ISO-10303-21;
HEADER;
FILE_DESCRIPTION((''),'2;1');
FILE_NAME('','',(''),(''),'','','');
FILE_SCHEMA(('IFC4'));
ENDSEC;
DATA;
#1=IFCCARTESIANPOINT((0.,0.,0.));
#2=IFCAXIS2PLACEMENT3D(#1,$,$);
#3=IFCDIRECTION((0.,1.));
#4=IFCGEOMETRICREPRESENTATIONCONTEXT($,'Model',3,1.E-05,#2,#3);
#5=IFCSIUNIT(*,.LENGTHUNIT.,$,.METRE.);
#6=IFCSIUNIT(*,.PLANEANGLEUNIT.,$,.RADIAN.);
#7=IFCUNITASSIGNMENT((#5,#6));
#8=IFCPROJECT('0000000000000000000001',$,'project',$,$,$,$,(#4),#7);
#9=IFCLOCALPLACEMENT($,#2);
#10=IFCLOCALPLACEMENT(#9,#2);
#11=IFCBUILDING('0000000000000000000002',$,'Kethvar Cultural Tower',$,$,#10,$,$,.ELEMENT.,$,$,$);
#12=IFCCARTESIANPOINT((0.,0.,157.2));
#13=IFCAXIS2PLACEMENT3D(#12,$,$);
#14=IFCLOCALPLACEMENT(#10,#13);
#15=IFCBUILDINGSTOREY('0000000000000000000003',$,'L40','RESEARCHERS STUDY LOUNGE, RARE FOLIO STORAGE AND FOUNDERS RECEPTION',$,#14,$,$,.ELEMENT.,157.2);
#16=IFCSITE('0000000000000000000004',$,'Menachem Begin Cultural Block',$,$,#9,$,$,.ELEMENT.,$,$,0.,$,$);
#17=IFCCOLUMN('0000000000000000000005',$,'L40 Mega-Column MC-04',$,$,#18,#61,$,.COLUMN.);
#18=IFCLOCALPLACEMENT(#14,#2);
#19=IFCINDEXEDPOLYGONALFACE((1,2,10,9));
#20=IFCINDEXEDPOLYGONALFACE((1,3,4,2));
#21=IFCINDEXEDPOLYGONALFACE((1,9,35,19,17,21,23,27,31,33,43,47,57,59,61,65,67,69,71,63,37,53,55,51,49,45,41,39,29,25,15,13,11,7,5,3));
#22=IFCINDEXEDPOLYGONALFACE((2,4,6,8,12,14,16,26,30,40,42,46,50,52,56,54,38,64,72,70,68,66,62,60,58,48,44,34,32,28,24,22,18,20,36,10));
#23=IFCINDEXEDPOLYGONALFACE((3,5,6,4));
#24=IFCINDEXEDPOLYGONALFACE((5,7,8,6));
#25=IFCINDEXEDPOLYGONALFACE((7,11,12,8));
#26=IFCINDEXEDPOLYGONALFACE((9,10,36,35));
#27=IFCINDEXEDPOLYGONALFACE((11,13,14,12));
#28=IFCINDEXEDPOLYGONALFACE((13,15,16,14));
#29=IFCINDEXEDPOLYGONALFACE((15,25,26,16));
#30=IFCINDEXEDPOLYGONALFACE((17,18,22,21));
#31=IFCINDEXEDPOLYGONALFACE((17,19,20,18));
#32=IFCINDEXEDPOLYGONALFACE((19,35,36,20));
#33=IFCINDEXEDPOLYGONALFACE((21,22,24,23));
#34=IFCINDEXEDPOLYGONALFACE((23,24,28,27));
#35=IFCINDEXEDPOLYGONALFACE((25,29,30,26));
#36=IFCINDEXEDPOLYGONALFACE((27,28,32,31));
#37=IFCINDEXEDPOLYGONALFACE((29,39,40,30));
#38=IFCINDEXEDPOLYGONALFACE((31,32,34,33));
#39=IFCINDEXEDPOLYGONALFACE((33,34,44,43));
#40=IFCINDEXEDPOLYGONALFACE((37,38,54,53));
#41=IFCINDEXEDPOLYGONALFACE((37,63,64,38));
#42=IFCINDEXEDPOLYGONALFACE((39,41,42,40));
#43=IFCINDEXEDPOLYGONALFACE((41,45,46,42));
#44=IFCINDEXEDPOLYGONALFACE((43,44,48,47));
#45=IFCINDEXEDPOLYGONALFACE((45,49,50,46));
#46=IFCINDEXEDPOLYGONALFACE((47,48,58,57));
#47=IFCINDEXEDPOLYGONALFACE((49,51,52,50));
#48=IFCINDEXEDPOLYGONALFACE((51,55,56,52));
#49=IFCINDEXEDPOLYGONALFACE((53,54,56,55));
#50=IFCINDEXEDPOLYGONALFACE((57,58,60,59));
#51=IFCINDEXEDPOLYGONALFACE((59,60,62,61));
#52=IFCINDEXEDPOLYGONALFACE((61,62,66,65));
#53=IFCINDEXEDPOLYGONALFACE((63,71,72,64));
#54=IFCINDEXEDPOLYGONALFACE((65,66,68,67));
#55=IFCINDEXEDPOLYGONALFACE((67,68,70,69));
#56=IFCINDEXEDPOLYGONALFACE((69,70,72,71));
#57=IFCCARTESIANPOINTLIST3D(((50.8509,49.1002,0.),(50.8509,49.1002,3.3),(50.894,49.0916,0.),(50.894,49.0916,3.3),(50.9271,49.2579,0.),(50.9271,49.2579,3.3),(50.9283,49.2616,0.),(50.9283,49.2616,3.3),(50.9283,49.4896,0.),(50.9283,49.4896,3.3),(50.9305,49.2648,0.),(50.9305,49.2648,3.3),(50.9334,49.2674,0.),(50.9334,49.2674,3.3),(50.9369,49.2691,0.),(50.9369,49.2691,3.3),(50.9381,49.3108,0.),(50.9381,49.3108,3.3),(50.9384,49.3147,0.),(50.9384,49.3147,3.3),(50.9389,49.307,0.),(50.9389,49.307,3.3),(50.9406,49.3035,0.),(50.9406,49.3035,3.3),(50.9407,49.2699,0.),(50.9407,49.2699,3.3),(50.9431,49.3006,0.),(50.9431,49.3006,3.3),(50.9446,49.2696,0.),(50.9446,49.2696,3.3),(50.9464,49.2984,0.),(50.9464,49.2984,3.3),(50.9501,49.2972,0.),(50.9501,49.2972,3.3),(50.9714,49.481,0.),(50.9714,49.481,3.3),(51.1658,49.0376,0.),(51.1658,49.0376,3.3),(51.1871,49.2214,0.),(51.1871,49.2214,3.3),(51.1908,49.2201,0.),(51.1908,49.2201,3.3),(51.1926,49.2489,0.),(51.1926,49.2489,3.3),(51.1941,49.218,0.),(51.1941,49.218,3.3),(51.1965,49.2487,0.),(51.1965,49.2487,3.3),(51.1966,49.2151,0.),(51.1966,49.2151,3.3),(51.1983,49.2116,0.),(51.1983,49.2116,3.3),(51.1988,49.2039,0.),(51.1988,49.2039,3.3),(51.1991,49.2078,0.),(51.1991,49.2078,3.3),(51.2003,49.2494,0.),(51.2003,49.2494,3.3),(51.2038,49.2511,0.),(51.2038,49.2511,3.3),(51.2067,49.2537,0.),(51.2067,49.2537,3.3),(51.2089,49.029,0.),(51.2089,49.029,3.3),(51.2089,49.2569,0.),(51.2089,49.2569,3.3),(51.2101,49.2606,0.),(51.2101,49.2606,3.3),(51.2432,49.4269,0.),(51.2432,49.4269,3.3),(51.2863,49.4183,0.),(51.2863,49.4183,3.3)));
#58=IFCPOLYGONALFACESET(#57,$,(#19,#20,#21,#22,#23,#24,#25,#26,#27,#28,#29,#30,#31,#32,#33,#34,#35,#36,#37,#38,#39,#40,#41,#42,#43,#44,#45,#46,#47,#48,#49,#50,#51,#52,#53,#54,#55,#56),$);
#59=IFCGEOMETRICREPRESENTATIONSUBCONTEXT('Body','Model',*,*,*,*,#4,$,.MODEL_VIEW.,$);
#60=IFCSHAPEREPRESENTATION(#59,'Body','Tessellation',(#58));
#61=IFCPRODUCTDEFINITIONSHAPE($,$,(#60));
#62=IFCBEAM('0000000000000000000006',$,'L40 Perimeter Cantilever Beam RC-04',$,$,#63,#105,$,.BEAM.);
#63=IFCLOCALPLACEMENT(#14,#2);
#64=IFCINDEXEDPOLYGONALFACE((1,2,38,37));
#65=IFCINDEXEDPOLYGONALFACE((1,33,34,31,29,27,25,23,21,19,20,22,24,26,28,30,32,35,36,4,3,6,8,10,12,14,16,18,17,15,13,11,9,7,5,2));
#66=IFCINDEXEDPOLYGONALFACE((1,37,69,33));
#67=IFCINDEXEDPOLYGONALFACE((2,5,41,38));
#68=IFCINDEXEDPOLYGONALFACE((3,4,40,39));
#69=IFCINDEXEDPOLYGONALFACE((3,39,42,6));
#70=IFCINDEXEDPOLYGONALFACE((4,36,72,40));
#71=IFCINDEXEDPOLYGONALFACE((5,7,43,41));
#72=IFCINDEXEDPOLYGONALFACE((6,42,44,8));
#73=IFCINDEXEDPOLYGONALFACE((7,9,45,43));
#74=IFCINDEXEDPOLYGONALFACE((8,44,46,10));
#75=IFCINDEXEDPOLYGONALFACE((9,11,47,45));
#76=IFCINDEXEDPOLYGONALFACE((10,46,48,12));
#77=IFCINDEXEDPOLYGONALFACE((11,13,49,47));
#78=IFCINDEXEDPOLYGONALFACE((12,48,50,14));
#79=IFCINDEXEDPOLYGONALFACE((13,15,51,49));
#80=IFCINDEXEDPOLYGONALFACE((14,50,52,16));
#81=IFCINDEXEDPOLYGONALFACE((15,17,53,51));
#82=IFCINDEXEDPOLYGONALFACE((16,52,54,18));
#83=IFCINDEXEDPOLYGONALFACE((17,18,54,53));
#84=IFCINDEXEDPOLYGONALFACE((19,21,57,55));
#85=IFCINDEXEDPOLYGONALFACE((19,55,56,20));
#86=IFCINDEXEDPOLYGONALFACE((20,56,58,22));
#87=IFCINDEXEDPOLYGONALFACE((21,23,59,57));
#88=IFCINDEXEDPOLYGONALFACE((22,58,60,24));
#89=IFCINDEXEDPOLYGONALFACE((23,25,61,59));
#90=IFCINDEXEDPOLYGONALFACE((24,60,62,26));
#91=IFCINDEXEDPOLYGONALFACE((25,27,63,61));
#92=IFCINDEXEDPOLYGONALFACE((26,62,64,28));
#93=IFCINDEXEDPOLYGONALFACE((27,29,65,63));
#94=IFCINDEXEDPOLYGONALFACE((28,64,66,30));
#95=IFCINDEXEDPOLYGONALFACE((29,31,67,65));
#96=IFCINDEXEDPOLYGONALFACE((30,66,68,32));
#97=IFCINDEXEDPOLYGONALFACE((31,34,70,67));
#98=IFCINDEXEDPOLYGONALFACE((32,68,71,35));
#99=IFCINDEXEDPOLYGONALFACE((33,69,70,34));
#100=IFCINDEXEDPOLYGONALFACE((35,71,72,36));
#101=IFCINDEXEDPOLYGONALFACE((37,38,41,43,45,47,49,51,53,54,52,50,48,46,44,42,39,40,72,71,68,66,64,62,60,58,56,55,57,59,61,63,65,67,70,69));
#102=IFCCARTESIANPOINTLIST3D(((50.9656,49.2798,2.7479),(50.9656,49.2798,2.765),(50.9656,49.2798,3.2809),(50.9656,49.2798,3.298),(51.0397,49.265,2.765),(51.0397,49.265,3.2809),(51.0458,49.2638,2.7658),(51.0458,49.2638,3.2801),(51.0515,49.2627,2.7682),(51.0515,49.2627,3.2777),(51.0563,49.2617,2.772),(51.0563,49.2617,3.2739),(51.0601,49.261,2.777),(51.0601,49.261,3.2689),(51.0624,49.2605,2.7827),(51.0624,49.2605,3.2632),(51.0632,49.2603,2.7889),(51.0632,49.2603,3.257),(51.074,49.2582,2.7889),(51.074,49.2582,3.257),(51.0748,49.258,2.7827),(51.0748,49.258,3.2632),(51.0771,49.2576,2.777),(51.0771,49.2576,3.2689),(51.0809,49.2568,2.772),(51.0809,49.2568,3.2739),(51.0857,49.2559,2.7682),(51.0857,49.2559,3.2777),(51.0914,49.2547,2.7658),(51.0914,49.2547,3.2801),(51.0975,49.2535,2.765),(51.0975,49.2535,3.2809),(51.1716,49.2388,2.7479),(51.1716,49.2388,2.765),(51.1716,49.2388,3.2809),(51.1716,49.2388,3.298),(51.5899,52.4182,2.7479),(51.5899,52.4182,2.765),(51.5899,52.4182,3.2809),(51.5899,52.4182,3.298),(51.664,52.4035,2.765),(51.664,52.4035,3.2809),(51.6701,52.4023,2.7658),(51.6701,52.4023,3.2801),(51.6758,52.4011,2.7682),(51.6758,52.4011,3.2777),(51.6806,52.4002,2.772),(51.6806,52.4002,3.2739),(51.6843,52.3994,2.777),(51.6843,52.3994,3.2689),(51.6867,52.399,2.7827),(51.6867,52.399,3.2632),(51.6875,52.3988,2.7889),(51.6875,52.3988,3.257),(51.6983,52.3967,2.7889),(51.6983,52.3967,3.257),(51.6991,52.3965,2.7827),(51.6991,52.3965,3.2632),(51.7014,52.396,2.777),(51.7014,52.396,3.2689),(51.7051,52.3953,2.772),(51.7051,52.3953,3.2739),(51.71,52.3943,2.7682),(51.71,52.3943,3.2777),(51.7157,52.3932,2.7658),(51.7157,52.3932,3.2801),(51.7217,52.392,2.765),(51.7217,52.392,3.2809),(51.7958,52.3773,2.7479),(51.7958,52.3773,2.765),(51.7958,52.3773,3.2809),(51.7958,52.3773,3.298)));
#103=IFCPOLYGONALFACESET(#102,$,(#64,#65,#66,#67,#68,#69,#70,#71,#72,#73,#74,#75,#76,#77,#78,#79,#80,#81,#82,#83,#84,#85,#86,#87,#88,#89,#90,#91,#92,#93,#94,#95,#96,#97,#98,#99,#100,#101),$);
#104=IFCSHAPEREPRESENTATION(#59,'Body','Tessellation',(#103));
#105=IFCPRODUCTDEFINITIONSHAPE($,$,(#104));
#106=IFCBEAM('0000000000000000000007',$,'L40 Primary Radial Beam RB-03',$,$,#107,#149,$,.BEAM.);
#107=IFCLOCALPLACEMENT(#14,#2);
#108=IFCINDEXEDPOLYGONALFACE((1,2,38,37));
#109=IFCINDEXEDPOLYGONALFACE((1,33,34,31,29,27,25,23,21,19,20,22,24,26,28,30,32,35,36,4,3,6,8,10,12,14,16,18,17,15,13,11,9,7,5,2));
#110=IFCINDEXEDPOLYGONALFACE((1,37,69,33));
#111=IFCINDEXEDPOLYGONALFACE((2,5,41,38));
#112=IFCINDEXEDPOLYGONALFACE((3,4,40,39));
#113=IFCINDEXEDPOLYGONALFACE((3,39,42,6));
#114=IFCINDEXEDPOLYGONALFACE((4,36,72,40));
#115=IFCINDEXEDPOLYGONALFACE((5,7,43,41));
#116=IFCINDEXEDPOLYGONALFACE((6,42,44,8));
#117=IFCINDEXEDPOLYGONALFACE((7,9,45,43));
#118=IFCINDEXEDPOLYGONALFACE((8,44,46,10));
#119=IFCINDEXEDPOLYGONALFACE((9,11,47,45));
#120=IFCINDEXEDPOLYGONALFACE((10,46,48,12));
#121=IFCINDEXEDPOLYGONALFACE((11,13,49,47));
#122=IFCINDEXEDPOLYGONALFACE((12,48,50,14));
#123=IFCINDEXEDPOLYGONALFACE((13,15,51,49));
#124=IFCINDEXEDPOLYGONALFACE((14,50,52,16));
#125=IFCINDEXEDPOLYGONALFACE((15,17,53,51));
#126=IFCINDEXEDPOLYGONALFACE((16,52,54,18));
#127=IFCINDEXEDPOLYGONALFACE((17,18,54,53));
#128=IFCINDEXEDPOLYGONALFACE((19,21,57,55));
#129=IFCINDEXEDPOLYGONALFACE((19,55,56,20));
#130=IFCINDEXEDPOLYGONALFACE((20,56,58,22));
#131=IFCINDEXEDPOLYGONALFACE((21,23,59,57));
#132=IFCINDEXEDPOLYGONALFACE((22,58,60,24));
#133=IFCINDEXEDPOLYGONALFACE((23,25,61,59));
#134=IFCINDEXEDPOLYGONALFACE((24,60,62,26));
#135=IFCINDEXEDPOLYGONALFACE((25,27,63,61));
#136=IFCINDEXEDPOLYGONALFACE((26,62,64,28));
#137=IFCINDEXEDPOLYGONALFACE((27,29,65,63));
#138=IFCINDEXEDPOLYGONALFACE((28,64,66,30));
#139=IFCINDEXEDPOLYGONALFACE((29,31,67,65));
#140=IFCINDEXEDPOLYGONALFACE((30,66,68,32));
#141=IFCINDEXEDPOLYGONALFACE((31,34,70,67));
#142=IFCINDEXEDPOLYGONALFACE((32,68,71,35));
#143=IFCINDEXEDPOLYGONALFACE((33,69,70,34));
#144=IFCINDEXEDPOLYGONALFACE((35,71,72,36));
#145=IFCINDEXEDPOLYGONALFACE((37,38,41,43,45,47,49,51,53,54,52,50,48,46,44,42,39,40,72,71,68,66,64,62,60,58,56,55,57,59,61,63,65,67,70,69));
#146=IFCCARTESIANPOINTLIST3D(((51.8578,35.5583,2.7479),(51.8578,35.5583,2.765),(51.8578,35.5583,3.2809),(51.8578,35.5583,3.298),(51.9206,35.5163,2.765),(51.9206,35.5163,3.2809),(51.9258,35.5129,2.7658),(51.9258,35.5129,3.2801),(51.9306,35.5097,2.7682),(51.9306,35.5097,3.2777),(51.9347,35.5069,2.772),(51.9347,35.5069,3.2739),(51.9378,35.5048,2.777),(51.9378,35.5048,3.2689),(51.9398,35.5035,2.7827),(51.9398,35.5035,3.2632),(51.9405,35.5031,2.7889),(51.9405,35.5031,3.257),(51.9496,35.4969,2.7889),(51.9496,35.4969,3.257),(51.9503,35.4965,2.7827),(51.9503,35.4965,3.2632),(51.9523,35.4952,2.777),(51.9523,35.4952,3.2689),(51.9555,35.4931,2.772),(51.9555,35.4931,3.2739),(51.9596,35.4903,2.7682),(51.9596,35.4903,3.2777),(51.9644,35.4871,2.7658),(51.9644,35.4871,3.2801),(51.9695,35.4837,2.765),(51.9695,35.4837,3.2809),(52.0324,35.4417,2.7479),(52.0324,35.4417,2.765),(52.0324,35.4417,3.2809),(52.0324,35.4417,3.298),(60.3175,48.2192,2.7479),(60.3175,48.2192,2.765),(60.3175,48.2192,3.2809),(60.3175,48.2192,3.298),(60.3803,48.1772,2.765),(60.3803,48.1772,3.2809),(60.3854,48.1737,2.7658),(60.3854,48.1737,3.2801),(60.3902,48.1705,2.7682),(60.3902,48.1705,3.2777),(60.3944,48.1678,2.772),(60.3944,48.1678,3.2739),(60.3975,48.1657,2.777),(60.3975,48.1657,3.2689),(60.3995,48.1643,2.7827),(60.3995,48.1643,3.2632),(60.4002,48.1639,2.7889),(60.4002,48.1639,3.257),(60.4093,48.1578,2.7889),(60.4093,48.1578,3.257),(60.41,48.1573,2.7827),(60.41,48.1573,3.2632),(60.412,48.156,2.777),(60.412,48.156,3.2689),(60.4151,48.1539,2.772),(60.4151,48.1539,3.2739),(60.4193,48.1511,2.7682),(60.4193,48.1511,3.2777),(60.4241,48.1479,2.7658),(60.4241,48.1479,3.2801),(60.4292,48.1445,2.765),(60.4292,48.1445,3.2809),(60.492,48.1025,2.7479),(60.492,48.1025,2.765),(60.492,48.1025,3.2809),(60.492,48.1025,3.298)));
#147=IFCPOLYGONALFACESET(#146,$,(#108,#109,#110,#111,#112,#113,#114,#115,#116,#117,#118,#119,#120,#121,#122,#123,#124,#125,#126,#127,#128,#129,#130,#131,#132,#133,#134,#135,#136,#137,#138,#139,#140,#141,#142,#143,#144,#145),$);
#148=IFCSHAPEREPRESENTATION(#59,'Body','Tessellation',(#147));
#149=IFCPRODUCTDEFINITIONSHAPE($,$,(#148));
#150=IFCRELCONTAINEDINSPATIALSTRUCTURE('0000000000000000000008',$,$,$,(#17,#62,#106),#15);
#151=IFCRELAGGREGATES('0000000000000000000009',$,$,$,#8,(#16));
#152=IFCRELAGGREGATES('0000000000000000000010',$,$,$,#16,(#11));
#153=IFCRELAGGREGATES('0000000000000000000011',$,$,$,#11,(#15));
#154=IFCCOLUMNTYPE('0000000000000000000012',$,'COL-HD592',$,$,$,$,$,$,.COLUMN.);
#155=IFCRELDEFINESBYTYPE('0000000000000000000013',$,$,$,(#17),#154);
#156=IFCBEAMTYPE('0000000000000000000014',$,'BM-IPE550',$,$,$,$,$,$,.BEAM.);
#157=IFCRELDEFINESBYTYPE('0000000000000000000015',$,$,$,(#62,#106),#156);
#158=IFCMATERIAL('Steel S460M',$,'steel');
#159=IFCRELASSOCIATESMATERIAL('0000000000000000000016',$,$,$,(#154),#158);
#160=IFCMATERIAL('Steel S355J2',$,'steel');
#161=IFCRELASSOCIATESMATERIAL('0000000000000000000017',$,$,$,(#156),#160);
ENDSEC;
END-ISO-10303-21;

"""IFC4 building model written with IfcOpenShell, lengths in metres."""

from ifc_helpers import new_model, si_unit, direction, frame, origin, origin_2d, place, context, subcontext, project, spatial, i_section, extrude, source, transform, mapped, material, material_profile, profile_set, type_object, element, save


model = new_model("IFC4")

# Units and contexts
model_context = context("Model", 3, precision=1e-05, world=origin(), true_north=direction((0.0, 1.0)))
body_context = subcontext(model_context, "Body", "Model", "MODEL_VIEW")
ifc_project = project(units=[si_unit("LENGTHUNIT", "METRE"), si_unit("PLANEANGLEUNIT", "RADIAN")], contexts=[model_context])

# Site, building, storey
site_placement = place(None, origin())
site = spatial("IfcSite", under=ifc_project, at=site_placement, Name="Menachem Begin Cultural Block", CompositionType="ELEMENT", RefElevation=0.0)
building_placement = place(site_placement, origin())
building = spatial("IfcBuilding", under=site, at=building_placement, Name="Kethvar Cultural Tower", CompositionType="ELEMENT")
storey_placement = place(building_placement, frame((0.0, 0.0, 157.2)))
storey = spatial("IfcBuildingStorey", under=building, at=storey_placement, Name="L40", Description="RESEARCHERS STUDY LOUNGE, RARE FOLIO STORAGE AND FOUNDERS RECEPTION", CompositionType="ELEMENT", Elevation=157.2)

# Column
ifc_material_1 = material(Name="Steel S460M", Category="steel")
ifc_material_profile_1 = material_profile(ifc_material_1, i_section(OverallWidth=0.397, OverallDepth=0.365, WebThickness=0.0281, FlangeThickness=0.0439, FilletRadius=0.0149, at=origin_2d()), Name="Steel S460M — HD400x592")
ifc_profile_set_1 = profile_set([ifc_material_profile_1], Name="Steel S460M — HD400x592")
column_type = type_object("IfcColumnType", Name="COL-HD592", PredefinedType="COLUMN", material=ifc_profile_set_1)
shared_shape_1 = source(origin(), body_context, "Body", "SweptSolid", [
    extrude(i_section(OverallWidth=0.397, OverallDepth=0.365, WebThickness=0.0281, FlangeThickness=0.0439, FilletRadius=0.0149, at=origin_2d()), origin(), (0.0, 0.0, 1.0), 3.3),
])
column_placement = place(storey_placement, frame((51.0686, 49.2593, 0.0), z_axis=(0.0, 0.0, 1.0), x_axis=(0.19509, 0.980785, 0.0)))
element("IfcColumn", 1, at=column_placement, inside=storey, type_object=column_type, Name="L40 Mega-Column MC-04", PredefinedType="COLUMN", context=body_context, shape_type="MappedRepresentation", body=[
    mapped(shared_shape_1, transform((0.0, 0.0, 0.0), scale=1.0)),
])

# Beams
ifc_material_2 = material(Name="Steel S355J2", Category="steel")
ifc_material_profile_2 = material_profile(ifc_material_2, i_section(OverallWidth=0.21, OverallDepth=0.55, WebThickness=0.011, FlangeThickness=0.0171, FilletRadius=0.0239, at=origin_2d()), Name="Steel S355J2 — IPE550")
ifc_profile_set_2 = profile_set([ifc_material_profile_2], Name="Steel S355J2 — IPE550")
beam_type_1 = type_object("IfcBeamType", Name="BM-IPE550", PredefinedType="BEAM", material=ifc_profile_set_2)
shared_shape_2 = source(origin(), body_context, "Body", "SweptSolid", [
    extrude(i_section(OverallWidth=0.21, OverallDepth=0.55, WebThickness=0.011, FlangeThickness=0.0171, FilletRadius=0.0239, at=origin_2d()), origin(), (0.0, 0.0, 1.0), 3.2),
])
beam_1_placement = place(storey_placement, frame((51.0686, 49.2593, 3.0229), z_axis=(0.195089, 0.980786, 0.0), x_axis=(-0.980786, 0.195089, 0.0)))
element("IfcBeam", 2, at=beam_1_placement, inside=storey, type_object=beam_type_1, Name="L40 Perimeter Cantilever Beam RC-04", PredefinedType="BEAM", context=body_context, shape_type="MappedRepresentation", body=[
    mapped(shared_shape_2, transform((0.0, 0.0, 0.0), scale=1.0)),
])
shared_shape_3 = source(origin(), body_context, "Body", "SweptSolid", [
    extrude(i_section(OverallWidth=0.21, OverallDepth=0.55, WebThickness=0.011, FlangeThickness=0.0171, FilletRadius=0.0239, at=origin_2d()), origin(), (0.0, 0.0, 1.0), 15.2271),
])
beam_2_placement = place(storey_placement, frame((51.9451, 35.5, 3.0229), z_axis=(0.555569, 0.83147, 0.0), x_axis=(-0.83147, 0.555569, 0.0)))
element("IfcBeam", 3, at=beam_2_placement, inside=storey, type_object=beam_type_1, Name="L40 Primary Radial Beam RB-03", PredefinedType="BEAM", context=body_context, shape_type="MappedRepresentation", body=[
    mapped(shared_shape_3, transform((0.0, 0.0, 0.0), scale=1.0)),
])

save(model, "model.ifc")
